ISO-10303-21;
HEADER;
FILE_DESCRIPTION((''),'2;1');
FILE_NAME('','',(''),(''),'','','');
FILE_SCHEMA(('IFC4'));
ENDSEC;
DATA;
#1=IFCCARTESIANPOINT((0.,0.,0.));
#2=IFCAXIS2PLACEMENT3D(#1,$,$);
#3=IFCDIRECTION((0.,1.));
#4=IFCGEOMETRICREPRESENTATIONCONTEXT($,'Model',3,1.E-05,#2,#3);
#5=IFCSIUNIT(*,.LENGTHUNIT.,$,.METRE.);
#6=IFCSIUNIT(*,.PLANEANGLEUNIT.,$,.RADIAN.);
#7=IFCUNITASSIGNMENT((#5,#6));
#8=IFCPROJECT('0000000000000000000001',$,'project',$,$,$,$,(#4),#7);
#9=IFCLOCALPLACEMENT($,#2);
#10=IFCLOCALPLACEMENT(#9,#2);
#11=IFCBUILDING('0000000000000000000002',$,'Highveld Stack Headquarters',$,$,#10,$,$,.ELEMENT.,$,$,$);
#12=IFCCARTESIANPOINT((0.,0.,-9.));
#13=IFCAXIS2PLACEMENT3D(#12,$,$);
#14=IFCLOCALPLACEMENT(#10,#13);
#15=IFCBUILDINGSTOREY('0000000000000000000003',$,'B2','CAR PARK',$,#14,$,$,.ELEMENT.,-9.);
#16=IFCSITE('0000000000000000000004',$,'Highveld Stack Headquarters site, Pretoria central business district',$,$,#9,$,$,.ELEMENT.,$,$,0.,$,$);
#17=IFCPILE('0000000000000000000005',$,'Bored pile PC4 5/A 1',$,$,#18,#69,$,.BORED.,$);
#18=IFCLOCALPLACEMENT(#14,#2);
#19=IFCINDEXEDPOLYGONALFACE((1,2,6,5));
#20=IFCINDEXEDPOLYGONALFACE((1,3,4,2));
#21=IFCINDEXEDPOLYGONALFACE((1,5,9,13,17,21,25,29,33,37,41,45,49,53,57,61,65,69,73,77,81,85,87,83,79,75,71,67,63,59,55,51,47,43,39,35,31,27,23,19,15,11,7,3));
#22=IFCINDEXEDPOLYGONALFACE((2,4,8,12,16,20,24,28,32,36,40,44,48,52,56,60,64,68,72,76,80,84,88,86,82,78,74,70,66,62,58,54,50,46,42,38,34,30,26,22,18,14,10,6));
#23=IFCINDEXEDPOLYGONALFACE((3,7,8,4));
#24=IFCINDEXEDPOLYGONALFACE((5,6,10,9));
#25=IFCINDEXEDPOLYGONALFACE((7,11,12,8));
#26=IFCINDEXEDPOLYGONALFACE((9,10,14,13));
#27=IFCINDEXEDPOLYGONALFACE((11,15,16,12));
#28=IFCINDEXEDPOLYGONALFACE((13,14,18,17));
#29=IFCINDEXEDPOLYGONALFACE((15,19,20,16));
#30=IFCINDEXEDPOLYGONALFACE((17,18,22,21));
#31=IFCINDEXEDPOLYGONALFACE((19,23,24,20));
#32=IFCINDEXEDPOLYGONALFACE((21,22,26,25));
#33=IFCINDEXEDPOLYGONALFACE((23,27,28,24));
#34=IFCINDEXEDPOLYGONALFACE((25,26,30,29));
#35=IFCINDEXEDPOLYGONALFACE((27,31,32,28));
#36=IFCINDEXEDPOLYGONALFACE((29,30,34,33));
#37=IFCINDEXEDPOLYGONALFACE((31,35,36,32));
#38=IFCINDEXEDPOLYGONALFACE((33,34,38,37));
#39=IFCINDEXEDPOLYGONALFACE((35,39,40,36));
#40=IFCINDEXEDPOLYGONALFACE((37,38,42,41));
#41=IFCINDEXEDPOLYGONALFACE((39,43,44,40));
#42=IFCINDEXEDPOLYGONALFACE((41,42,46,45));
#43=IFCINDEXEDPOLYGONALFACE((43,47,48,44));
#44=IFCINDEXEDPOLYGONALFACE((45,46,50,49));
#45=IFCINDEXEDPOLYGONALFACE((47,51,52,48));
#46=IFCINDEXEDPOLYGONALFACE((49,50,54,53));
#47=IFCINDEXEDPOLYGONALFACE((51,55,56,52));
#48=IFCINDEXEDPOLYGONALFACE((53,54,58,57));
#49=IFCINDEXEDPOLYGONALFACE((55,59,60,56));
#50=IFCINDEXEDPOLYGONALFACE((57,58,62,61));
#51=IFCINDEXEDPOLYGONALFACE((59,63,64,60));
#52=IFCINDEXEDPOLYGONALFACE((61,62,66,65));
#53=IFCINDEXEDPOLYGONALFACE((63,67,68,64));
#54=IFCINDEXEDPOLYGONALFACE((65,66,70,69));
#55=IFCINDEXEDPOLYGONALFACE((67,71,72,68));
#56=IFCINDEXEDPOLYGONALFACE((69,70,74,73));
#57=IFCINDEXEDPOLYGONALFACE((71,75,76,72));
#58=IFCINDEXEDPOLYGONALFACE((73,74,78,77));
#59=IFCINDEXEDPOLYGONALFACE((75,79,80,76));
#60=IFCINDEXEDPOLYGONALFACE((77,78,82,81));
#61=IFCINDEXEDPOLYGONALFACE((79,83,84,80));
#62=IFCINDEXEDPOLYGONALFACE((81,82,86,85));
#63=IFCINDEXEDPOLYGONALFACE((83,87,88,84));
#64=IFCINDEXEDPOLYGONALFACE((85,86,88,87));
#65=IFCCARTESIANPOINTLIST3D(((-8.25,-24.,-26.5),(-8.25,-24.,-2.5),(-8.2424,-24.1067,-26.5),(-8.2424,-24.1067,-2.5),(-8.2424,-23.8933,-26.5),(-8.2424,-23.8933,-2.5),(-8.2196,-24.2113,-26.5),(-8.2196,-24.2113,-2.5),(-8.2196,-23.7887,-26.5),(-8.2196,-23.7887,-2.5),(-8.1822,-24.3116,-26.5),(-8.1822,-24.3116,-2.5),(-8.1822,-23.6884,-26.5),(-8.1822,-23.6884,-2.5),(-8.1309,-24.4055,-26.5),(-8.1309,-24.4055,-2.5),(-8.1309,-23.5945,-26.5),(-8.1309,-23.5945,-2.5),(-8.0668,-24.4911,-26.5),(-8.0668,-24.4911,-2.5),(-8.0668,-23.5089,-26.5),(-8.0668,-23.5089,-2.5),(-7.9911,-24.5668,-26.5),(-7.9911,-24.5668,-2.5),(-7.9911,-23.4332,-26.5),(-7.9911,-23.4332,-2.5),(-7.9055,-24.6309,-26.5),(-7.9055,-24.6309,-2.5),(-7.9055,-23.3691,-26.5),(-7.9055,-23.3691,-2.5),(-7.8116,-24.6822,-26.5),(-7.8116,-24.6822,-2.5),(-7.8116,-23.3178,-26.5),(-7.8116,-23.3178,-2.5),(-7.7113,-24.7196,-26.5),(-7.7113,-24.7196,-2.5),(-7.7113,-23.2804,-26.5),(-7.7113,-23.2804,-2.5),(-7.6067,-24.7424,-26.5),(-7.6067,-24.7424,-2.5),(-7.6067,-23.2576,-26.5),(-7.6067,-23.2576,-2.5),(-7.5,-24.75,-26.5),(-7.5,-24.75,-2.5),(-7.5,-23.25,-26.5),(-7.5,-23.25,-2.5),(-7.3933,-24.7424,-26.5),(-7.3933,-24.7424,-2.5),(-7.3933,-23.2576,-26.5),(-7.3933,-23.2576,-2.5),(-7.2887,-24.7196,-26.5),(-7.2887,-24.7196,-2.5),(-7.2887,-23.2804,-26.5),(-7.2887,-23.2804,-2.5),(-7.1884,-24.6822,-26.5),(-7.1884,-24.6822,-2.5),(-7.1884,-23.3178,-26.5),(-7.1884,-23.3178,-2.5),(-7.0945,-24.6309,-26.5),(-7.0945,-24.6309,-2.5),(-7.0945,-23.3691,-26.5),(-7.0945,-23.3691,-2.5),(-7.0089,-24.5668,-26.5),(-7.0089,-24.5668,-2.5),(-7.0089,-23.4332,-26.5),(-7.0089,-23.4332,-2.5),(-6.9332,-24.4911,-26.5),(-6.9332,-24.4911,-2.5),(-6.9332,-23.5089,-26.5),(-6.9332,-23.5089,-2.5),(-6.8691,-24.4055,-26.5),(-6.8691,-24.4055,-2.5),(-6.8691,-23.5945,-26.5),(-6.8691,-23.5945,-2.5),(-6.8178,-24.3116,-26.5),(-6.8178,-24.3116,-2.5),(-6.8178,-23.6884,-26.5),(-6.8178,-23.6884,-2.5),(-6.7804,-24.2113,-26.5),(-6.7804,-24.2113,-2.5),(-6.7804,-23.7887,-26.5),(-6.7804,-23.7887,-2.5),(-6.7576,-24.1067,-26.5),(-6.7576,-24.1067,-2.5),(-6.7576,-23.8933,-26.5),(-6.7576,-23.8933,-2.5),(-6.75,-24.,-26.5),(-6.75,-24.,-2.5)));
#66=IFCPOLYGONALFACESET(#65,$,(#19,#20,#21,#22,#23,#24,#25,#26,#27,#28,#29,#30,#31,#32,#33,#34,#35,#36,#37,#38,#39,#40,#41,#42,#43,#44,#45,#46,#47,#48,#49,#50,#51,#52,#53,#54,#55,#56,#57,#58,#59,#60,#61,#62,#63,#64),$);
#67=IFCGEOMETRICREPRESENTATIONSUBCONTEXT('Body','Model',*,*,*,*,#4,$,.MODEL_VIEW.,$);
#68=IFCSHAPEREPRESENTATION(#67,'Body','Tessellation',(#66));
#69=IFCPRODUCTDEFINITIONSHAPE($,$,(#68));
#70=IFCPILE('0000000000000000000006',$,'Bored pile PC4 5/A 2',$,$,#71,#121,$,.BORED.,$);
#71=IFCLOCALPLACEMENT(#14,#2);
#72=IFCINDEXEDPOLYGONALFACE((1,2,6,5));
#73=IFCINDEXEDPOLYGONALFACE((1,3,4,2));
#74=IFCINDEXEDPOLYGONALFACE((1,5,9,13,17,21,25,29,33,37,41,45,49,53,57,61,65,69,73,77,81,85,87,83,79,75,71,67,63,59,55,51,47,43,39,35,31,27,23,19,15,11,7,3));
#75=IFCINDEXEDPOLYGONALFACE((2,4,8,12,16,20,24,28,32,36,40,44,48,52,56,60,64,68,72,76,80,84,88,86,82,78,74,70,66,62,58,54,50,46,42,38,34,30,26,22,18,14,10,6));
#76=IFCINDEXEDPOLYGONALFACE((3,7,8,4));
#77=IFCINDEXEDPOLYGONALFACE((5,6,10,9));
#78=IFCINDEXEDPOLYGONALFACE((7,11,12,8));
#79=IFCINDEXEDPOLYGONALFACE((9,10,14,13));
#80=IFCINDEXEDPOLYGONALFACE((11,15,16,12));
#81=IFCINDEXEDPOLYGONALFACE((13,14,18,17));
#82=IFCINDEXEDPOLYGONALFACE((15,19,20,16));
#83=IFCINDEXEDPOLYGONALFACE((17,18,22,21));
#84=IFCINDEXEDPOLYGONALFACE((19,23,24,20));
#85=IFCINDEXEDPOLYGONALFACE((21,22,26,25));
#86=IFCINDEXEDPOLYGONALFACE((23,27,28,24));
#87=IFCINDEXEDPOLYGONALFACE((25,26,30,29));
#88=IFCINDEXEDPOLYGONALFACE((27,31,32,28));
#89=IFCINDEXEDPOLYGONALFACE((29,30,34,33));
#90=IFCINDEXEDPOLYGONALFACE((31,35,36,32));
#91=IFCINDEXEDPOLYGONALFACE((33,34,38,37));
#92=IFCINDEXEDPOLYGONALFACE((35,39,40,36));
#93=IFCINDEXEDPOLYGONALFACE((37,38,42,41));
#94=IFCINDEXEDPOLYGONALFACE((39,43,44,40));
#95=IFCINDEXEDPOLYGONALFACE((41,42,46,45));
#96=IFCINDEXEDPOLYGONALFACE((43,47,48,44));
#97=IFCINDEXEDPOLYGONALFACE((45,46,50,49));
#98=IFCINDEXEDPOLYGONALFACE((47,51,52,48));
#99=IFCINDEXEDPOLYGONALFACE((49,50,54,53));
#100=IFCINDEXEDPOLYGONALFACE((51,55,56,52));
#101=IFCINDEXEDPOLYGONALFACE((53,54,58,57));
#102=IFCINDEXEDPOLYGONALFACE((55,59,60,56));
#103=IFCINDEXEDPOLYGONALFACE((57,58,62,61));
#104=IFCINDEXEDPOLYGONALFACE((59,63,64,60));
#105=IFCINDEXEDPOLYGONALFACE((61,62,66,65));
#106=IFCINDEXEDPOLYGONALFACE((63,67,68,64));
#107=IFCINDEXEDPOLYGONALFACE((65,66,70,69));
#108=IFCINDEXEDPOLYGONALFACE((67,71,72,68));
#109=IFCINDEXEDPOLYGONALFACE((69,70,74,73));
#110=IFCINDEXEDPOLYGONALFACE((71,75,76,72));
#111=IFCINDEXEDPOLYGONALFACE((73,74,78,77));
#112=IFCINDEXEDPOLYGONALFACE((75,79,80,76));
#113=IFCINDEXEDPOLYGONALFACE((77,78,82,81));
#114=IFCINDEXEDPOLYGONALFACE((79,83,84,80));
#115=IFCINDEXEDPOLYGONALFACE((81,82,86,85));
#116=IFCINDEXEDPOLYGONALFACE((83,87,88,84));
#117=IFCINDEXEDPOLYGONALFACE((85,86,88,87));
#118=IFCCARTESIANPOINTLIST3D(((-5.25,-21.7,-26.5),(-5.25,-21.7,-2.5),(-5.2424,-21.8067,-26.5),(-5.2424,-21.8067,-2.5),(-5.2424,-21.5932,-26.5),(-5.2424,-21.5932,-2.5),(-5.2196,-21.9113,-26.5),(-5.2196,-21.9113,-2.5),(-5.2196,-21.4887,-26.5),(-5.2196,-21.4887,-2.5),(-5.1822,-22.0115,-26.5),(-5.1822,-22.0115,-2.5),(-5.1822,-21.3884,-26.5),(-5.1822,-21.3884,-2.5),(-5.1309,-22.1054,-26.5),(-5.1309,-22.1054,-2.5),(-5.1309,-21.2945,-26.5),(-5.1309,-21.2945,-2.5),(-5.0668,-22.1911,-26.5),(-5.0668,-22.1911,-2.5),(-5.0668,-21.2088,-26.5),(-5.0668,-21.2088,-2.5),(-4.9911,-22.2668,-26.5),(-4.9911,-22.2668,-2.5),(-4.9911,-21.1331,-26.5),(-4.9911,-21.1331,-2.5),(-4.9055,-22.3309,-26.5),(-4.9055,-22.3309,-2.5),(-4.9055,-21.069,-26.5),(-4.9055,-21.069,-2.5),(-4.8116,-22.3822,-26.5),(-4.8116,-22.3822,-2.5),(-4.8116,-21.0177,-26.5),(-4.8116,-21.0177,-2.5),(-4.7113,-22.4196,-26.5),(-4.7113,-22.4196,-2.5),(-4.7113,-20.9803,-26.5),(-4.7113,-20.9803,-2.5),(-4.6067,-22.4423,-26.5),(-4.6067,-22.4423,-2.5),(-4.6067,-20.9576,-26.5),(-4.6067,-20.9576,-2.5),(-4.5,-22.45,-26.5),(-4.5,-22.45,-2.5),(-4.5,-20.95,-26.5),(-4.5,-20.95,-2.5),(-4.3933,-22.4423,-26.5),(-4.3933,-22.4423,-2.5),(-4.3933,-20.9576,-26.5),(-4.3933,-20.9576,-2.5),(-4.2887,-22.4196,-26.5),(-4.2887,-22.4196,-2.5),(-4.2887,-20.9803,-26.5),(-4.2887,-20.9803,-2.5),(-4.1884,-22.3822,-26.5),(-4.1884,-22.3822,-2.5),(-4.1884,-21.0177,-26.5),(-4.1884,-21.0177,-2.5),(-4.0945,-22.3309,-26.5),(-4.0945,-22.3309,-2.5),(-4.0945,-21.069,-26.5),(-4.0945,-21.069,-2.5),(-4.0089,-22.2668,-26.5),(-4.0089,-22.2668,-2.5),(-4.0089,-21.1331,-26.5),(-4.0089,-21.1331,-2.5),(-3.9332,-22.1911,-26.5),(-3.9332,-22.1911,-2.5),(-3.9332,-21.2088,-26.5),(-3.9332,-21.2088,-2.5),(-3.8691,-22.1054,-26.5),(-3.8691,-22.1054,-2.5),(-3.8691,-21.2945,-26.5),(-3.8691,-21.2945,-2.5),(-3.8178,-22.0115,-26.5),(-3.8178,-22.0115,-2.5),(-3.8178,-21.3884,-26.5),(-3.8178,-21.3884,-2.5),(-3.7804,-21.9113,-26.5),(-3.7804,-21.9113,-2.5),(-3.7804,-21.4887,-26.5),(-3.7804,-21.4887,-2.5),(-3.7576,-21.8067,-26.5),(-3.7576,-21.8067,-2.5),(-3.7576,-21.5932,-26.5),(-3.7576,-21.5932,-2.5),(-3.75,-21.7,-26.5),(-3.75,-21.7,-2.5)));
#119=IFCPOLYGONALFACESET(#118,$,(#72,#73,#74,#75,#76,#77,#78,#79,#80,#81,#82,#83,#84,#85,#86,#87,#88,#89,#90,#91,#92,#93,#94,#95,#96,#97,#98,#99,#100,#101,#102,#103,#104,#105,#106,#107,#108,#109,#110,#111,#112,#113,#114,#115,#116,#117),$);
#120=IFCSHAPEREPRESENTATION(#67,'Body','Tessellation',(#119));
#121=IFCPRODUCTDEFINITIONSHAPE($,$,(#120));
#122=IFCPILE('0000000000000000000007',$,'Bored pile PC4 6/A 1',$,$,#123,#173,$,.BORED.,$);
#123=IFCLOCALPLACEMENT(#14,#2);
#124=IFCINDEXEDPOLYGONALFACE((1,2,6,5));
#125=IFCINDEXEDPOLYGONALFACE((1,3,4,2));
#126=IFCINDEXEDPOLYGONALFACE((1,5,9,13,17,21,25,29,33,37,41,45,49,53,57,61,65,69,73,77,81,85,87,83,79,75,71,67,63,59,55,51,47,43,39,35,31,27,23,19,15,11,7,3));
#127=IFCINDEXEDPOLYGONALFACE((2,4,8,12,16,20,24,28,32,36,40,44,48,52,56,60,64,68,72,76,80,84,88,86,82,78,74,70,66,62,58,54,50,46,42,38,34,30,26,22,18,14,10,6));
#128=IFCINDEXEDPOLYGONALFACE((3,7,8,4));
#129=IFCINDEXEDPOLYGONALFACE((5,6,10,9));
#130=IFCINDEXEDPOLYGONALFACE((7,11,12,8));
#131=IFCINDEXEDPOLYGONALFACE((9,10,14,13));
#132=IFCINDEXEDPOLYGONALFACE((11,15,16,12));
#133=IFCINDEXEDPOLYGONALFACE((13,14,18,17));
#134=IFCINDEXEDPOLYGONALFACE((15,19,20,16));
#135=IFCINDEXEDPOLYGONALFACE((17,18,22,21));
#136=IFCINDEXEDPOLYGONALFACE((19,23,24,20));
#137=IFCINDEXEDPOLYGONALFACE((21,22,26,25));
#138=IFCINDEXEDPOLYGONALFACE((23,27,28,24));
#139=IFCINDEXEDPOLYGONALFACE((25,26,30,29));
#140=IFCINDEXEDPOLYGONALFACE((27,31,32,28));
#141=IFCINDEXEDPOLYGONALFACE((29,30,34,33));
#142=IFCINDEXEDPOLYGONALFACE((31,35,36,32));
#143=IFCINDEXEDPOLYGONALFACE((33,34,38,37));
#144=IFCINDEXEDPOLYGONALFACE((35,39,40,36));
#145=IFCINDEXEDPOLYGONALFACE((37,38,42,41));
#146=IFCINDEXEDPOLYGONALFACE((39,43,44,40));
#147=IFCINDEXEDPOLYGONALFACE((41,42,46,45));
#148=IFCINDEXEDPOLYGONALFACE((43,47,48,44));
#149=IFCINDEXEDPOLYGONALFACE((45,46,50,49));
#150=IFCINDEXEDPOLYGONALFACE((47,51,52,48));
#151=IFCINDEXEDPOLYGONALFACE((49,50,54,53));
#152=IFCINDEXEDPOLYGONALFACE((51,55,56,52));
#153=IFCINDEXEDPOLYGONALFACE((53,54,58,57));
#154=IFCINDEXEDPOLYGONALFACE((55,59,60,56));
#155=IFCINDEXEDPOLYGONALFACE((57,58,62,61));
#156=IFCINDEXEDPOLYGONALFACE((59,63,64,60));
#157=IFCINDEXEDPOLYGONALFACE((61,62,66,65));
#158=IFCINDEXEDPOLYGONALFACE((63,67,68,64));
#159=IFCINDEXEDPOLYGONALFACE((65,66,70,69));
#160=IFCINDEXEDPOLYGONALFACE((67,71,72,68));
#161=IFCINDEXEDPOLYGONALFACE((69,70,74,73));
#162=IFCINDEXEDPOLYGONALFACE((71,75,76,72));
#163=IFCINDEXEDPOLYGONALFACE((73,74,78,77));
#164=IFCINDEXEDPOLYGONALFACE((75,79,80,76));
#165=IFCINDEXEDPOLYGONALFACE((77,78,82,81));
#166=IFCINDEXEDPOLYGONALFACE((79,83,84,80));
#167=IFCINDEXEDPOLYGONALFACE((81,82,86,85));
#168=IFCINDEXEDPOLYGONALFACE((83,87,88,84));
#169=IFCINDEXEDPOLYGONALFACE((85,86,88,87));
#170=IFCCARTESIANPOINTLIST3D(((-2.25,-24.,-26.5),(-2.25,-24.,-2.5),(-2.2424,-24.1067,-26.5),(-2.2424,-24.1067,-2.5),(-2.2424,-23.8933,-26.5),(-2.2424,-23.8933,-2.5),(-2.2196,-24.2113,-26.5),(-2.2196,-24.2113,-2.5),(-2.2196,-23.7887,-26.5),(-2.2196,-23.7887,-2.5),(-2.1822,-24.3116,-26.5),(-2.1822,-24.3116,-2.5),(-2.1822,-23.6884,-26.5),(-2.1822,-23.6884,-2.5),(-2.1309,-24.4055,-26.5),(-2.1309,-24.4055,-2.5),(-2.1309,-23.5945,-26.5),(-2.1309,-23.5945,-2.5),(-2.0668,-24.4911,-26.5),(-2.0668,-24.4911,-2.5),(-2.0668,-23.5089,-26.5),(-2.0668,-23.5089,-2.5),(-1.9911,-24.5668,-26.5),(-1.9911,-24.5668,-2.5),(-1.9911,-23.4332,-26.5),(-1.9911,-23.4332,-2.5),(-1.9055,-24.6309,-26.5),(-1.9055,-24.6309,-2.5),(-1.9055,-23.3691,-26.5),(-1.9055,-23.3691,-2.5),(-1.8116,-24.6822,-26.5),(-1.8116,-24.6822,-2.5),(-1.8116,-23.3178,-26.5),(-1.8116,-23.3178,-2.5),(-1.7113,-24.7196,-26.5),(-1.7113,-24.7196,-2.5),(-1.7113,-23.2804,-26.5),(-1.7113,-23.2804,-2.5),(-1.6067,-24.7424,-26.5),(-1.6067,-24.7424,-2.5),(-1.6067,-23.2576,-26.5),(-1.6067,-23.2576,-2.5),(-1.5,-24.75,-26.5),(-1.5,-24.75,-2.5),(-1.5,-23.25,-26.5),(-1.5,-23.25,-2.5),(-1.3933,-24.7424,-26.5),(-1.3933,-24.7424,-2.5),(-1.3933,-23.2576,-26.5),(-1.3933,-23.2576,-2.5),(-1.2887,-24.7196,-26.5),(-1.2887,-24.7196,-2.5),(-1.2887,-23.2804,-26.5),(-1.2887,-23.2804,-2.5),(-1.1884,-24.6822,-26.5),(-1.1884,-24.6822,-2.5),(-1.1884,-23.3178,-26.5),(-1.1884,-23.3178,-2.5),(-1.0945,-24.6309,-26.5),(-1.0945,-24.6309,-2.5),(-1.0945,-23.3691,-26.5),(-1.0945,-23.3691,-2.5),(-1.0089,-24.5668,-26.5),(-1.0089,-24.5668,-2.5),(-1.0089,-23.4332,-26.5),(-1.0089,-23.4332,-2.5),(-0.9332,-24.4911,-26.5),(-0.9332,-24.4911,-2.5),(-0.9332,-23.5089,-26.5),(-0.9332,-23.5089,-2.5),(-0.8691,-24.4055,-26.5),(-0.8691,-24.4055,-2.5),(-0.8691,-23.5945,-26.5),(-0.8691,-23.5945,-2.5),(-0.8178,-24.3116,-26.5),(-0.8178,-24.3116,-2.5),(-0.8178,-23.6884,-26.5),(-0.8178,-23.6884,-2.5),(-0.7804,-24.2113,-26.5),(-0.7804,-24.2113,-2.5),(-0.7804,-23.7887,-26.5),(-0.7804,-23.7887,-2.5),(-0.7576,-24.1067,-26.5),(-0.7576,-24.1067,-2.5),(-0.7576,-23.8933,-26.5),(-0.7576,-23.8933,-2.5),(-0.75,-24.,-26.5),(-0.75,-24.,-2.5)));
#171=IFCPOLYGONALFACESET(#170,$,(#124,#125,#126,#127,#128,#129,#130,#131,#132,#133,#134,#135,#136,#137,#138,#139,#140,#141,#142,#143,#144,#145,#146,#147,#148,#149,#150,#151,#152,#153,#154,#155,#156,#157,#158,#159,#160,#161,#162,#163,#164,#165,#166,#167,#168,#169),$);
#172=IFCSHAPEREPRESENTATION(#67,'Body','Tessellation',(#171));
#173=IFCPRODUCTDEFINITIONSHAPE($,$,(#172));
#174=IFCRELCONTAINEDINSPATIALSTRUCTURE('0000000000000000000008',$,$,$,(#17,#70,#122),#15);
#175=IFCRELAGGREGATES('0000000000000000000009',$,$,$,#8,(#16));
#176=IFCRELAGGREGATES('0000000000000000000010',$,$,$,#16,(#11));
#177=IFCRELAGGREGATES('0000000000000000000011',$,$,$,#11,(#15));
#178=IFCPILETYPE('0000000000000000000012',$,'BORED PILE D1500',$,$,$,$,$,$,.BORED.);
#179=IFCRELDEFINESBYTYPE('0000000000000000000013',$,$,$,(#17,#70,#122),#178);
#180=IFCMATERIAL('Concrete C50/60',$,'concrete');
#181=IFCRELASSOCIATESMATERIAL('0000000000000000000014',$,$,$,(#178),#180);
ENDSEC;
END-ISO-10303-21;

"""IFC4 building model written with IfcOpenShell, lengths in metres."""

from ifc_helpers import new_model, si_unit, direction, frame, origin, origin_2d, place, context, subcontext, project, spatial, circle, extrude, material, type_object, element, save


model = new_model("IFC4")

# Units and contexts
model_context = context("Model", 3, precision=1e-05, world=origin(), true_north=direction((0.0, 1.0)))
body_context = subcontext(model_context, "Body", "Model", "MODEL_VIEW")
ifc_project = project(units=[si_unit("LENGTHUNIT", "METRE"), si_unit("PLANEANGLEUNIT", "RADIAN")], contexts=[model_context])

# Site, building, storey
site_placement = place(None, origin())
site = spatial("IfcSite", under=ifc_project, at=site_placement, Name="Highveld Stack Headquarters site, Pretoria central business district", CompositionType="ELEMENT", RefElevation=0.0)
building_placement = place(site_placement, origin())
building = spatial("IfcBuilding", under=site, at=building_placement, Name="Highveld Stack Headquarters", CompositionType="ELEMENT")
storey_placement = place(building_placement, frame((0.0, 0.0, -9.0)))
storey = spatial("IfcBuildingStorey", under=building, at=storey_placement, Name="B2", Description="CAR PARK", CompositionType="ELEMENT", Elevation=-9.0)

# Piles
ifc_material_1 = material(Name="Concrete C50/60", Category="concrete")
pile_type_1 = type_object("IfcPileType", Name="BORED PILE D1500", PredefinedType="BORED", material=ifc_material_1)
for number, where, z_axis, x_axis, name in (
    (1, (-7.5, -24.0, -2.5), (0.0, 0.0, -1.0), (1.0, 0.0, 0.0), "Bored pile PC4 5/A 1"),
    (2, (-4.5, -21.7, -2.5), (0.0, 0.0, -1.0), (1.0, 0.0, 0.0), "Bored pile PC4 5/A 2"),
    (3, (-1.5, -24.0, -2.5), (0.0, 0.0, -1.0), (1.0, 0.0, 0.0), "Bored pile PC4 6/A 1"),
):
    element("IfcPile", number, at=place(storey_placement, frame(where, z_axis=z_axis, x_axis=x_axis)), inside=storey, type_object=pile_type_1, Name=name, PredefinedType="BORED", context=body_context, shape_type="SweptSolid", body=[
        extrude(circle(Radius=0.75, at=origin_2d()), origin(), (0.0, 0.0, 1.0), 24.0),
    ])

save(model, "model.ifc")
